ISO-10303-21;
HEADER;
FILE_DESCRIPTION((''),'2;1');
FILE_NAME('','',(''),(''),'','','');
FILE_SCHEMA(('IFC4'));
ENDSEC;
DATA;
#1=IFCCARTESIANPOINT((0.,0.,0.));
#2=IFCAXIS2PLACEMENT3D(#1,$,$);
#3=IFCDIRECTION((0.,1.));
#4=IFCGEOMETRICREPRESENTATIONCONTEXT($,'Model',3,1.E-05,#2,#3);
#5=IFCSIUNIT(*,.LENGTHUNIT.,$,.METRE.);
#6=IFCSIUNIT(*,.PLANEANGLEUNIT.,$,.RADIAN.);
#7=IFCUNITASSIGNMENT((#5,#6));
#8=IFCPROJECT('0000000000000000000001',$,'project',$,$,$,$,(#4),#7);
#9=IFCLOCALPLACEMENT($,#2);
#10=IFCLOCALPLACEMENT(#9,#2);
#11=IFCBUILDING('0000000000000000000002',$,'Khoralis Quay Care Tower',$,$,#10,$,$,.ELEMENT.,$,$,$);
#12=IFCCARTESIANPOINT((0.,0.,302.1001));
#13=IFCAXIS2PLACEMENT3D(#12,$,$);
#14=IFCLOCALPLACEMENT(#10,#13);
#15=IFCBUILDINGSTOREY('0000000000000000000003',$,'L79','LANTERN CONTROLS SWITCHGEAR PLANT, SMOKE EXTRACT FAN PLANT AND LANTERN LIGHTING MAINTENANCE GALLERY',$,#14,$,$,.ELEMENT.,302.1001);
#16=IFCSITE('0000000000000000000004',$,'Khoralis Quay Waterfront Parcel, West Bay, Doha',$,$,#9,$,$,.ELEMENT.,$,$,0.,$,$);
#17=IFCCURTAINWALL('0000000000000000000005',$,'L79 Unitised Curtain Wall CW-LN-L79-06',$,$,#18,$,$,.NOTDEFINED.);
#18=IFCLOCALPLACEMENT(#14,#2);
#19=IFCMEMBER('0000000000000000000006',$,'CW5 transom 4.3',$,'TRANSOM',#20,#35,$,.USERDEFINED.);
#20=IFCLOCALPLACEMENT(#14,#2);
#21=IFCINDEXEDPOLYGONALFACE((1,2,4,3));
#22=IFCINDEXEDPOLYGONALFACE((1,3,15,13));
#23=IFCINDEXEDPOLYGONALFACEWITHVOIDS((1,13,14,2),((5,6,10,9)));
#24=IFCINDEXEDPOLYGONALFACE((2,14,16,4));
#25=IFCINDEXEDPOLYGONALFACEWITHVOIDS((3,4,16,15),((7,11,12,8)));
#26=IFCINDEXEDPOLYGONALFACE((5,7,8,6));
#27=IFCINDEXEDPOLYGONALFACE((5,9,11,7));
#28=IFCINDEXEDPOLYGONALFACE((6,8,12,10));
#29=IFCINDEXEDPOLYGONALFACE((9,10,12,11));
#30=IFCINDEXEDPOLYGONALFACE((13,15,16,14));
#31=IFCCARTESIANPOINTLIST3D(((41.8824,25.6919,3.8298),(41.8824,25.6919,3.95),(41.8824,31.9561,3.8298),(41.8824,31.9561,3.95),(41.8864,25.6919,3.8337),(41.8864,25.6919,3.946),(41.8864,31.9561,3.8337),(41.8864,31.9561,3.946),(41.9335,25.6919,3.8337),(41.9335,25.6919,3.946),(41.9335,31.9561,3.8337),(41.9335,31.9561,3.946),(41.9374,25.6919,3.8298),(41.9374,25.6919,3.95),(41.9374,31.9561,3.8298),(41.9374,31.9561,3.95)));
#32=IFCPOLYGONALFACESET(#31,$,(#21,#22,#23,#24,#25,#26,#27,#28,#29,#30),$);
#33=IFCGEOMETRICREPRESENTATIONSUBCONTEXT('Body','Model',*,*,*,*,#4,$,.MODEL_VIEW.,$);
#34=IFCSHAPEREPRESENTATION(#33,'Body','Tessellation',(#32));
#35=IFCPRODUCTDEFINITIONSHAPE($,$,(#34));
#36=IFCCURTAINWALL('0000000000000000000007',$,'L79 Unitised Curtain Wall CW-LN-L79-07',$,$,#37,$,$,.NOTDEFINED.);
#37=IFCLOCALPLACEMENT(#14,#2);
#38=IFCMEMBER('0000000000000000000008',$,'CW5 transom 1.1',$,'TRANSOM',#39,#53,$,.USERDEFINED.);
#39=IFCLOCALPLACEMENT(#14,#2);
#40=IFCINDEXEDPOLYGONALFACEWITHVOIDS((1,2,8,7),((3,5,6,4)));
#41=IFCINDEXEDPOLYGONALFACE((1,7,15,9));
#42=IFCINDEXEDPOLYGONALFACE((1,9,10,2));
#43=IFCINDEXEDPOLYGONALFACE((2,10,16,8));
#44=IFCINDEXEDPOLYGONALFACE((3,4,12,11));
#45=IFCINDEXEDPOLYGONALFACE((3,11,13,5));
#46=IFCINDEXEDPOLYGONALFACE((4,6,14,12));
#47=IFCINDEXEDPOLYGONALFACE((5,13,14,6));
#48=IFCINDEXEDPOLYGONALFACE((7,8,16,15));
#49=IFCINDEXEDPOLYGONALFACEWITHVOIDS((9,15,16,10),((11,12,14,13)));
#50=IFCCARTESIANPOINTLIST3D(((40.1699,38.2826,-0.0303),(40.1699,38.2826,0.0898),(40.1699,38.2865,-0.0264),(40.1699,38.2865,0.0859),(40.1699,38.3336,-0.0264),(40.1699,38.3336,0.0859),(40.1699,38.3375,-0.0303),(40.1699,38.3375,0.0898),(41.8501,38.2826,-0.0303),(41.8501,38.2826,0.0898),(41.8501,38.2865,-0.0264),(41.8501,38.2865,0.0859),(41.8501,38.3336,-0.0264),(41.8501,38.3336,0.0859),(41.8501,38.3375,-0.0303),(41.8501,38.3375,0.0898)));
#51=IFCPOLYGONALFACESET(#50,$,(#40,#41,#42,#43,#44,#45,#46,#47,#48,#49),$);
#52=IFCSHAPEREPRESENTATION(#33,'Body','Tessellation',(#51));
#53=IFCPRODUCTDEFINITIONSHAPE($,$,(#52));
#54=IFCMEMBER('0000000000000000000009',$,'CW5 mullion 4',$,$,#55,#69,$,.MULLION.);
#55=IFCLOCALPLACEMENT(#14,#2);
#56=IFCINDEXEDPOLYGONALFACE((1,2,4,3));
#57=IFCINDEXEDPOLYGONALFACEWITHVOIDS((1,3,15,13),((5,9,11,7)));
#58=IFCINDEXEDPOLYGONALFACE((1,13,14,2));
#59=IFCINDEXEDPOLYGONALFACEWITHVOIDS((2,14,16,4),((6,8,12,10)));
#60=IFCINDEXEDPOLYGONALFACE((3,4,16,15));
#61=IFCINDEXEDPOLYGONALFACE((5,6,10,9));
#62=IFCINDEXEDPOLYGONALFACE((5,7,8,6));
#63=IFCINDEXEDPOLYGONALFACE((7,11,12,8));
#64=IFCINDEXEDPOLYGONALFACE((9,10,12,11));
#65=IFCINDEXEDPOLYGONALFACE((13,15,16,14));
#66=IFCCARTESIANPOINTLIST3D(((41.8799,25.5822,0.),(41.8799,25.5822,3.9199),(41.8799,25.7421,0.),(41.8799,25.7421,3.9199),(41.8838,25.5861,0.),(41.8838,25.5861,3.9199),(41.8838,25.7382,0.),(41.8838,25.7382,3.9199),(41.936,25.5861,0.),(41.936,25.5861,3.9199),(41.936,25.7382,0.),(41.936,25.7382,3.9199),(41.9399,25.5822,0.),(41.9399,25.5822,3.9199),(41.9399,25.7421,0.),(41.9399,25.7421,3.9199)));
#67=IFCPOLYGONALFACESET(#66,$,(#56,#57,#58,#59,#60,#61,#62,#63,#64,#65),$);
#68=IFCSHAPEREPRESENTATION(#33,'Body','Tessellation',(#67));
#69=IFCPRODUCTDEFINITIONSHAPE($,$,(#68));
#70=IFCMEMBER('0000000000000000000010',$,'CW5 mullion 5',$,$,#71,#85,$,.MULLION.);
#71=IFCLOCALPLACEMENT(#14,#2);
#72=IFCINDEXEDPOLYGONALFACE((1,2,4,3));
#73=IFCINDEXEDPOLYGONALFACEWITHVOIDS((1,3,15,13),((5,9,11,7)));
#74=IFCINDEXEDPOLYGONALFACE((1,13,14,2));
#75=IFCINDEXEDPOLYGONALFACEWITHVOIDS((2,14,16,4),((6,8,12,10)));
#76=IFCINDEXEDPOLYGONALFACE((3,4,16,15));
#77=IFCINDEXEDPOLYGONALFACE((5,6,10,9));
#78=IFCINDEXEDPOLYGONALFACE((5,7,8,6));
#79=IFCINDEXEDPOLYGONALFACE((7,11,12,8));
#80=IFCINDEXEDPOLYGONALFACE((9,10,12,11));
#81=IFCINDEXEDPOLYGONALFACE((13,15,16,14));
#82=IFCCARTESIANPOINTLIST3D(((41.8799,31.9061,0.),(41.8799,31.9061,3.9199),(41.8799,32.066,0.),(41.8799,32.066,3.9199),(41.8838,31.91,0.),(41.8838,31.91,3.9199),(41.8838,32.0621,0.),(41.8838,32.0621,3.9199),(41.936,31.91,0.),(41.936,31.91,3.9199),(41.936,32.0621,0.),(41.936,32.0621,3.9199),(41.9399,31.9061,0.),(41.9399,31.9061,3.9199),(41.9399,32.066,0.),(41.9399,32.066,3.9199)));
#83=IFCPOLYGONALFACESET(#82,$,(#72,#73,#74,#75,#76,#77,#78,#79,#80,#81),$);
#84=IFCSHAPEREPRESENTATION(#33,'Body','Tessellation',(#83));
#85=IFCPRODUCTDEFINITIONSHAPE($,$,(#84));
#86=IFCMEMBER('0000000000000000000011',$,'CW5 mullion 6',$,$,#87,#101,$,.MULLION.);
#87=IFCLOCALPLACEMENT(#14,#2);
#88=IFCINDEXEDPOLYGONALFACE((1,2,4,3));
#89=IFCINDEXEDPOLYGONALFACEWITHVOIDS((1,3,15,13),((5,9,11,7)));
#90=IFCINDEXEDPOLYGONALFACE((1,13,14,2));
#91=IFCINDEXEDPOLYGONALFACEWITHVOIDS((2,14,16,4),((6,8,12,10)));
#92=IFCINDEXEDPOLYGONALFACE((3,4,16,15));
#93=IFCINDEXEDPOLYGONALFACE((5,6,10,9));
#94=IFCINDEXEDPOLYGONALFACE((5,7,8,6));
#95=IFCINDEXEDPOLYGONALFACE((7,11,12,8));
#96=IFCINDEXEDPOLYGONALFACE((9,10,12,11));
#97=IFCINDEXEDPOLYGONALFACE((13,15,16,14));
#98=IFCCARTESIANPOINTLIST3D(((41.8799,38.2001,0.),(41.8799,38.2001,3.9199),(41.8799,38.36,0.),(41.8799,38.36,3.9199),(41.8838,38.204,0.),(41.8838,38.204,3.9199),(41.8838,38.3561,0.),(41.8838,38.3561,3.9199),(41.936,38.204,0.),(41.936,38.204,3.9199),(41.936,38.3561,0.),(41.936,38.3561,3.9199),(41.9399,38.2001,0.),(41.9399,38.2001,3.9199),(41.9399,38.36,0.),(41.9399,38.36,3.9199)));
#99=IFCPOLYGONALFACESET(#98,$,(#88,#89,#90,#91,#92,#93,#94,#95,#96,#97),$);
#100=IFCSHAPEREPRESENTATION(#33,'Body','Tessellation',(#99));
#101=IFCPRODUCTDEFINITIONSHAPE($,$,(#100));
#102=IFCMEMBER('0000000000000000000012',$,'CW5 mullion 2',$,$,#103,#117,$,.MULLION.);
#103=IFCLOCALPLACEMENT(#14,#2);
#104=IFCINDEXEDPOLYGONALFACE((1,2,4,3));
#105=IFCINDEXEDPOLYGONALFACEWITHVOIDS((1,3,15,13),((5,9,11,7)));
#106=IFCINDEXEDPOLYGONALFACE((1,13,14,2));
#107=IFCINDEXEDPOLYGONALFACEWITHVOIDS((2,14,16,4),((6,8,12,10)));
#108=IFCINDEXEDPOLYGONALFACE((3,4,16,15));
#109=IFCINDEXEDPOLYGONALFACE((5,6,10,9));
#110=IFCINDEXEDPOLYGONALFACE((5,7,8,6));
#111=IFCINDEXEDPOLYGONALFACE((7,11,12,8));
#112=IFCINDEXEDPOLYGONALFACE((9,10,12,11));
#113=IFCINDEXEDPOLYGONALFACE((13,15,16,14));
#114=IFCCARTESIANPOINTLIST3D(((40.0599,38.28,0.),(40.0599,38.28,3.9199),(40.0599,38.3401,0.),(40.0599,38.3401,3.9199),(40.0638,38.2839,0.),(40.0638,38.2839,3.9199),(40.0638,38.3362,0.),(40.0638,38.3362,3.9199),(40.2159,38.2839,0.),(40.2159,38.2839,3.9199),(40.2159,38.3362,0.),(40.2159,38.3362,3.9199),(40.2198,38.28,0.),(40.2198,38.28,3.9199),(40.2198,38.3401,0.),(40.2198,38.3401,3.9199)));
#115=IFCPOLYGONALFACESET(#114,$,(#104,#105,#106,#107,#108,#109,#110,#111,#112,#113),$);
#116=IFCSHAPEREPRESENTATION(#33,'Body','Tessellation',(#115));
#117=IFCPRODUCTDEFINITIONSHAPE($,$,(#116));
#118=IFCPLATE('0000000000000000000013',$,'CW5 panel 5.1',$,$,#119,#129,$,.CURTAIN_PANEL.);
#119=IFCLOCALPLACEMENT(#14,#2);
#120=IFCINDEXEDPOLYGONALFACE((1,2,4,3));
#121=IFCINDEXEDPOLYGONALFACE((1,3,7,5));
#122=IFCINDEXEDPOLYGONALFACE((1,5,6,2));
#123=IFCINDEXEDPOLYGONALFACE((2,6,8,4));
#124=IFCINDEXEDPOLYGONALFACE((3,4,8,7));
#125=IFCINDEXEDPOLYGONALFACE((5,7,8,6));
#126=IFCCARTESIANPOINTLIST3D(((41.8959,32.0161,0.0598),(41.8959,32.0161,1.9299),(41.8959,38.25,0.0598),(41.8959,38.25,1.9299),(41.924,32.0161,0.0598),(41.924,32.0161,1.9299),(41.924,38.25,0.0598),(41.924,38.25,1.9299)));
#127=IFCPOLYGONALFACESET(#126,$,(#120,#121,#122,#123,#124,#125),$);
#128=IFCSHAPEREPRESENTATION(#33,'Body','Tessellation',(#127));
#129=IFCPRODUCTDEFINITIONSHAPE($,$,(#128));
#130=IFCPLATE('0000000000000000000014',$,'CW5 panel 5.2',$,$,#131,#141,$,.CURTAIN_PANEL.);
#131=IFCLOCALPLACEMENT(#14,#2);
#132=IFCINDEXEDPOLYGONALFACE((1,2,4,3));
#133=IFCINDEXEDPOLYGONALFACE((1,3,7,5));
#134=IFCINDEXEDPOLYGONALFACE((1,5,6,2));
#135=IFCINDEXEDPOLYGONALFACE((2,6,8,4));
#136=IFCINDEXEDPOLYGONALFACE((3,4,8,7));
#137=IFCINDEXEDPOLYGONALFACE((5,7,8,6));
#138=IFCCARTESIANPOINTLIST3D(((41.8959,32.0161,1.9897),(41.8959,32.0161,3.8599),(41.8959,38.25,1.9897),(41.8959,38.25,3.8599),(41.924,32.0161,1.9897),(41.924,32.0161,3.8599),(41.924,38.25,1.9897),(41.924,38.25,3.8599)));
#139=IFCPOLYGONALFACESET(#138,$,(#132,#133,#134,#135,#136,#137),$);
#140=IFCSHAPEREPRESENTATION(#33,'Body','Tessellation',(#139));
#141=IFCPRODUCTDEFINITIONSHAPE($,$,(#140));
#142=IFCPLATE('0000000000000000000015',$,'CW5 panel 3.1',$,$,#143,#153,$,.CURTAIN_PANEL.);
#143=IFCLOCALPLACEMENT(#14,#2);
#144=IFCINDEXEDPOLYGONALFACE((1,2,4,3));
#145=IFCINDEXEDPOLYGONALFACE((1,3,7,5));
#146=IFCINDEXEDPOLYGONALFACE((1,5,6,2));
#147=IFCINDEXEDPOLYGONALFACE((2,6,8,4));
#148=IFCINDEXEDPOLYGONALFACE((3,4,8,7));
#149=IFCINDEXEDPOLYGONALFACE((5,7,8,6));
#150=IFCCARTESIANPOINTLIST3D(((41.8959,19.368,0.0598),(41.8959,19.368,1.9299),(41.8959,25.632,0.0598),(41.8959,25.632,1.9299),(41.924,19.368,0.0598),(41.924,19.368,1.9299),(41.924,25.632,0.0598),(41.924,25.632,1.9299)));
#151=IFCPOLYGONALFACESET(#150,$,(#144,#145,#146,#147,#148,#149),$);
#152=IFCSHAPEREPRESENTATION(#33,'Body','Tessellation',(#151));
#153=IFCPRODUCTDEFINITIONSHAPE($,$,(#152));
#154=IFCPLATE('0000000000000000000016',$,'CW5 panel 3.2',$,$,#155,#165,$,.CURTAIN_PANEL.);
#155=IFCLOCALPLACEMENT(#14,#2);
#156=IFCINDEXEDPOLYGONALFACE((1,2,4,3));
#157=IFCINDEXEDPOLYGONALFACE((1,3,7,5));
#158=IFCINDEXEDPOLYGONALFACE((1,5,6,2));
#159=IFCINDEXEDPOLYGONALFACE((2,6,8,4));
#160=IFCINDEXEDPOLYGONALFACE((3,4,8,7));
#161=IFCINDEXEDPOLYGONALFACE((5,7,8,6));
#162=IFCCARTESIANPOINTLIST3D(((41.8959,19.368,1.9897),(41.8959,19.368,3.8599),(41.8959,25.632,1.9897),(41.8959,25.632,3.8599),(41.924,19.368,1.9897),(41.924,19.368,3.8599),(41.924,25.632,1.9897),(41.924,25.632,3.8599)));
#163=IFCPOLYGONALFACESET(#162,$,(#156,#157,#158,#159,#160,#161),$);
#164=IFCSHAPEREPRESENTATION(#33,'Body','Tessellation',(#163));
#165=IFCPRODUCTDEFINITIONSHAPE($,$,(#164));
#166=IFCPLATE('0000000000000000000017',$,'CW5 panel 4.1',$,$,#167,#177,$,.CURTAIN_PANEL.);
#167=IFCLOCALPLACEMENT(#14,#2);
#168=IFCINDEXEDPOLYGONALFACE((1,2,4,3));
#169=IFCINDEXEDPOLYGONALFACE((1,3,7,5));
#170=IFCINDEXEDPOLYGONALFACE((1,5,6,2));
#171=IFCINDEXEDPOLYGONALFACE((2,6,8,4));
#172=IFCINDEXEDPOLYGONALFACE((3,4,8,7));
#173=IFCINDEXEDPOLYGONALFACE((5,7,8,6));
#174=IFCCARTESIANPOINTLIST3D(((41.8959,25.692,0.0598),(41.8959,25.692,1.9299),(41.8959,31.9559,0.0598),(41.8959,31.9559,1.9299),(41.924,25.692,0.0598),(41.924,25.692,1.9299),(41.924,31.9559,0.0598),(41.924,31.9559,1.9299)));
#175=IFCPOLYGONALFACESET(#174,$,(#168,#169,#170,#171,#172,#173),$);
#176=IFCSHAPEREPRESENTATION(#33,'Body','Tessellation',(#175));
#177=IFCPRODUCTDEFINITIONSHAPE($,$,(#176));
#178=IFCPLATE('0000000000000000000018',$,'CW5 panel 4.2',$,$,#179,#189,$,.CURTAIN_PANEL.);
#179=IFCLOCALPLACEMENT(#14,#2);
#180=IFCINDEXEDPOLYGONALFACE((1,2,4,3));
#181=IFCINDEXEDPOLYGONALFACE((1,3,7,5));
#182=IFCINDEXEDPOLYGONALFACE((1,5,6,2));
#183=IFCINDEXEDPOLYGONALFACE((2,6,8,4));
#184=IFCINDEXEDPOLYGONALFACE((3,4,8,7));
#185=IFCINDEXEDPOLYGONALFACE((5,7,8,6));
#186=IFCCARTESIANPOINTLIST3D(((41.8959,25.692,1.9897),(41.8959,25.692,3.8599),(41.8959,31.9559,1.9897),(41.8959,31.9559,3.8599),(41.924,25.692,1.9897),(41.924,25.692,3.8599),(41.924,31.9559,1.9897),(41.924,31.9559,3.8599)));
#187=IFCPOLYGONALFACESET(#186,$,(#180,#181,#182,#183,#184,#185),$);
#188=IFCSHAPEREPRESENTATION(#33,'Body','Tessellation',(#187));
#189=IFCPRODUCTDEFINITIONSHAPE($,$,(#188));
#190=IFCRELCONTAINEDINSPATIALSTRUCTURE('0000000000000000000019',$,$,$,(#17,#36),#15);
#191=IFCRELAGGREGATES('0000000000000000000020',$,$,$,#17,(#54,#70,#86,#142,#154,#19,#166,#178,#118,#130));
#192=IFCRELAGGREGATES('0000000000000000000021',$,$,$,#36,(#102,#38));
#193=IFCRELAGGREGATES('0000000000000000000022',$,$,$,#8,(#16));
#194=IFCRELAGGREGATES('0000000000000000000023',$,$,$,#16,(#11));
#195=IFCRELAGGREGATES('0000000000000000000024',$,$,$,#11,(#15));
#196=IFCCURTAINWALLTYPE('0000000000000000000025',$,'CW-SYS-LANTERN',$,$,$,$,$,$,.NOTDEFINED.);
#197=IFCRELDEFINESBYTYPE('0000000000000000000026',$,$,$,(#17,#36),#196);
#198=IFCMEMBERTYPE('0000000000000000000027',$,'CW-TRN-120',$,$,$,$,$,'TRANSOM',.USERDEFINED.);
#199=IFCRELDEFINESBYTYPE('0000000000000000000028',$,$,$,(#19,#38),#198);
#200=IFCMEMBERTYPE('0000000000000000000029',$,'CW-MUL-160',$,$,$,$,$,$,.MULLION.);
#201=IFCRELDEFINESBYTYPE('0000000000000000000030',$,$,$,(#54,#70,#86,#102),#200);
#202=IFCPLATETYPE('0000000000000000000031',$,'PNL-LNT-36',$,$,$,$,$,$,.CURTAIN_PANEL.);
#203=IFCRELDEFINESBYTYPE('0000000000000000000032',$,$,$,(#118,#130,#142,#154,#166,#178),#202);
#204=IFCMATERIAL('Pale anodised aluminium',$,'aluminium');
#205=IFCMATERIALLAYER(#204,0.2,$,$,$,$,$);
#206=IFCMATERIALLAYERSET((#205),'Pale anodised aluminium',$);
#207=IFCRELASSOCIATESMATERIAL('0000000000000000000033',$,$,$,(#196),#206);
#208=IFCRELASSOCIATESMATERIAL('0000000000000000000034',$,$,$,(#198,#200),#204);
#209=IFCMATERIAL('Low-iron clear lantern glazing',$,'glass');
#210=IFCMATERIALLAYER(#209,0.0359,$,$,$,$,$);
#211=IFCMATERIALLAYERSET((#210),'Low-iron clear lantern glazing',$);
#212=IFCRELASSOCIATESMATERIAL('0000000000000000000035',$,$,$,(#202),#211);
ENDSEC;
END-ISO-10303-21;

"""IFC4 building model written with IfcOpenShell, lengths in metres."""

from ifc_helpers import new_model, si_unit, direction, frame, origin, origin_2d, place, context, subcontext, project, spatial, rectangle, hollow_rectangle, extrude, source, transform, mapped, material, layer, layer_set, material_profile, profile_set, type_object, element, aggregate, save


model = new_model("IFC4")

# Units and contexts
model_context = context("Model", 3, precision=1e-05, world=origin(), true_north=direction((0.0, 1.0)))
body_context = subcontext(model_context, "Body", "Model", "MODEL_VIEW")
ifc_project = project(units=[si_unit("LENGTHUNIT", "METRE"), si_unit("PLANEANGLEUNIT", "RADIAN")], contexts=[model_context])

# Site, building, storey
site_placement = place(None, origin())
site = spatial("IfcSite", under=ifc_project, at=site_placement, Name="Khoralis Quay Waterfront Parcel, West Bay, Doha", CompositionType="ELEMENT", RefElevation=0.0)
building_placement = place(site_placement, origin())
building = spatial("IfcBuilding", under=site, at=building_placement, Name="Khoralis Quay Care Tower", CompositionType="ELEMENT")
storey_placement = place(building_placement, frame((0.0, 0.0, 302.1001)))
storey = spatial("IfcBuildingStorey", under=building, at=storey_placement, Name="L79", Description="LANTERN CONTROLS SWITCHGEAR PLANT, SMOKE EXTRACT FAN PLANT AND LANTERN LIGHTING MAINTENANCE GALLERY", CompositionType="ELEMENT", Elevation=302.1001)

# Curtain wall, member
ifc_material_1 = material(Name="Pale anodised aluminium", Category="aluminium")
ifc_layer_1 = layer(ifc_material_1, 0.2)
ifc_layer_set_1 = layer_set([ifc_layer_1], Name="Pale anodised aluminium")
curtain_wall_type = type_object("IfcCurtainWallType", Name="CW-SYS-LANTERN", PredefinedType="NOTDEFINED", material=ifc_layer_set_1)
curtain_wall_1_placement = place(storey_placement, origin())
curtain_wall_1 = element("IfcCurtainWall", 1, at=curtain_wall_1_placement, inside=storey, type_object=curtain_wall_type, Name="L79 Unitised Curtain Wall CW-LN-L79-06", PredefinedType="NOTDEFINED")
ifc_material_profile_1 = material_profile(ifc_material_1, hollow_rectangle(XDim=0.0549, YDim=0.1201, WallThickness=0.0039, at=origin_2d()), Name="Pale anodised aluminium")
ifc_profile_set_1 = profile_set([ifc_material_profile_1], Name="Pale anodised aluminium")
member_type_1 = type_object("IfcMemberType", Name="CW-TRN-120", ElementType="TRANSOM", PredefinedType="USERDEFINED", material=ifc_profile_set_1)
shared_shape_1 = source(origin(), body_context, "Body", "SweptSolid", [
    extrude(hollow_rectangle(XDim=0.0549, YDim=0.1201, WallThickness=0.0039, at=origin_2d()), origin(), (0.0, 0.0, 1.0), 6.2642),
])
member_1_placement = place(storey_placement, frame((41.9099, 25.6919, 3.8899), z_axis=(0.0, 1.0, 0.0), x_axis=(-1.0, 0.0, 0.0)))
member_1 = element("IfcMember", 2, at=member_1_placement, type_object=member_type_1, Name="CW5 transom 4.3", ObjectType="TRANSOM", PredefinedType="USERDEFINED", context=body_context, shape_type="MappedRepresentation", body=[
    mapped(shared_shape_1, transform((0.0, 0.0, 0.0), scale=1.0)),
])

# Curtain wall, member
curtain_wall_2_placement = place(storey_placement, origin())
curtain_wall_2 = element("IfcCurtainWall", 3, at=curtain_wall_2_placement, inside=storey, type_object=curtain_wall_type, Name="L79 Unitised Curtain Wall CW-LN-L79-07", PredefinedType="NOTDEFINED")
shared_shape_2 = source(origin(), body_context, "Body", "SweptSolid", [
    extrude(hollow_rectangle(XDim=0.0549, YDim=0.1201, WallThickness=0.0039, at=origin_2d()), origin(), (0.0, 0.0, 1.0), 1.6802),
])
member_2_placement = place(storey_placement, frame((41.8501, 38.3101, 0.0298), z_axis=(-1.0, 0.0, 0.0), x_axis=(0.0, -1.0, 0.0)))
member_2 = element("IfcMember", 4, at=member_2_placement, type_object=member_type_1, Name="CW5 transom 1.1", ObjectType="TRANSOM", PredefinedType="USERDEFINED", context=body_context, shape_type="MappedRepresentation", body=[
    mapped(shared_shape_2, transform((0.0, 0.0, 0.0), scale=1.0)),
])

# Members
ifc_material_profile_2 = material_profile(ifc_material_1, hollow_rectangle(XDim=0.0601, YDim=0.1599, WallThickness=0.0039, at=origin_2d()), Name="Pale anodised aluminium")
ifc_profile_set_2 = profile_set([ifc_material_profile_2], Name="Pale anodised aluminium")
member_type_2 = type_object("IfcMemberType", Name="CW-MUL-160", PredefinedType="MULLION", material=ifc_profile_set_2)
shared_shape_3 = source(origin(), body_context, "Body", "SweptSolid", [
    extrude(hollow_rectangle(XDim=0.0601, YDim=0.1599, WallThickness=0.0039, at=origin_2d()), origin(), (0.0, 0.0, 1.0), 3.9199),
])
member_3_placement = place(storey_placement, frame((41.9099, 25.6621, 0.0), z_axis=(0.0, 0.0, 1.0), x_axis=(-1.0, 0.0, 0.0)))
member_3 = element("IfcMember", 5, at=member_3_placement, type_object=member_type_2, Name="CW5 mullion 4", PredefinedType="MULLION", context=body_context, shape_type="MappedRepresentation", body=[
    mapped(shared_shape_3, transform((0.0, 0.0, 0.0), scale=1.0)),
])
member_4_placement = place(storey_placement, frame((41.9099, 31.9861, 0.0), z_axis=(0.0, 0.0, 1.0), x_axis=(-1.0, 0.0, 0.0)))
member_4 = element("IfcMember", 6, at=member_4_placement, type_object=member_type_2, Name="CW5 mullion 5", PredefinedType="MULLION", context=body_context, shape_type="MappedRepresentation", body=[
    mapped(shared_shape_3, transform((0.0, 0.0, 0.0), scale=1.0)),
])
member_5_placement = place(storey_placement, frame((41.9099, 38.28, 0.0), z_axis=(0.0, 0.0, 1.0), x_axis=(-1.0, 0.0, 0.0)))
member_5 = element("IfcMember", 7, at=member_5_placement, type_object=member_type_2, Name="CW5 mullion 6", PredefinedType="MULLION", context=body_context, shape_type="MappedRepresentation", body=[
    mapped(shared_shape_3, transform((0.0, 0.0, 0.0), scale=1.0)),
])
member_6_placement = place(storey_placement, frame((40.1399, 38.3101, 0.0), z_axis=(0.0, 0.0, 1.0), x_axis=(0.0, -1.0, 0.0)))
member_6 = element("IfcMember", 8, at=member_6_placement, type_object=member_type_2, Name="CW5 mullion 2", PredefinedType="MULLION", context=body_context, shape_type="MappedRepresentation", body=[
    mapped(shared_shape_3, transform((0.0, 0.0, 0.0), scale=1.0)),
])

# Plates
ifc_material_2 = material(Name="Low-iron clear lantern glazing", Category="glass")
ifc_layer_2 = layer(ifc_material_2, 0.0359)
ifc_layer_set_2 = layer_set([ifc_layer_2], Name="Low-iron clear lantern glazing")
plate_type = type_object("IfcPlateType", Name="PNL-LNT-36", PredefinedType="CURTAIN_PANEL", material=ifc_layer_set_2)
shared_shape_4 = source(origin(), body_context, "Body", "SweptSolid", [
    extrude(rectangle(XDim=6.2339, YDim=0.0281, at=origin_2d()), origin(), (0.0, 0.0, 1.0), 1.8701),
])
plate_1_placement = place(storey_placement, frame((41.9099, 35.1331, 0.0598), z_axis=(0.0, 0.0, 1.0), x_axis=(0.0, 1.0, 0.0)))
plate_1 = element("IfcPlate", 9, at=plate_1_placement, type_object=plate_type, Name="CW5 panel 5.1", PredefinedType="CURTAIN_PANEL", context=body_context, shape_type="MappedRepresentation", body=[
    mapped(shared_shape_4, transform((0.0, 0.0, 0.0), scale=1.0)),
])
plate_2_placement = place(storey_placement, frame((41.9099, 35.1331, 1.9897), z_axis=(0.0, 0.0, 1.0), x_axis=(0.0, 1.0, 0.0)))
plate_2 = element("IfcPlate", 10, at=plate_2_placement, type_object=plate_type, Name="CW5 panel 5.2", PredefinedType="CURTAIN_PANEL", context=body_context, shape_type="MappedRepresentation", body=[
    mapped(shared_shape_4, transform((0.0, 0.0, 0.0), scale=1.0)),
])
shared_shape_5 = source(origin(), body_context, "Body", "SweptSolid", [
    extrude(rectangle(XDim=6.2639, YDim=0.0281, at=origin_2d()), origin(), (0.0, 0.0, 1.0), 1.8701),
])
plate_3_placement = place(storey_placement, frame((41.9099, 22.5, 0.0598), z_axis=(0.0, 0.0, 1.0), x_axis=(0.0, 1.0, 0.0)))
plate_3 = element("IfcPlate", 11, at=plate_3_placement, type_object=plate_type, Name="CW5 panel 3.1", PredefinedType="CURTAIN_PANEL", context=body_context, shape_type="MappedRepresentation", body=[
    mapped(shared_shape_5, transform((0.0, 0.0, 0.0), scale=1.0)),
])
plate_4_placement = place(storey_placement, frame((41.9099, 22.5, 1.9897), z_axis=(0.0, 0.0, 1.0), x_axis=(0.0, 1.0, 0.0)))
plate_4 = element("IfcPlate", 12, at=plate_4_placement, type_object=plate_type, Name="CW5 panel 3.2", PredefinedType="CURTAIN_PANEL", context=body_context, shape_type="MappedRepresentation", body=[
    mapped(shared_shape_5, transform((0.0, 0.0, 0.0), scale=1.0)),
])
plate_5_placement = place(storey_placement, frame((41.9099, 28.824, 0.0598), z_axis=(0.0, 0.0, 1.0), x_axis=(0.0, 1.0, 0.0)))
plate_5 = element("IfcPlate", 13, at=plate_5_placement, type_object=plate_type, Name="CW5 panel 4.1", PredefinedType="CURTAIN_PANEL", context=body_context, shape_type="MappedRepresentation", body=[
    mapped(shared_shape_5, transform((0.0, 0.0, 0.0), scale=1.0)),
])
plate_6_placement = place(storey_placement, frame((41.9099, 28.824, 1.9897), z_axis=(0.0, 0.0, 1.0), x_axis=(0.0, 1.0, 0.0)))
plate_6 = element("IfcPlate", 14, at=plate_6_placement, type_object=plate_type, Name="CW5 panel 4.2", PredefinedType="CURTAIN_PANEL", context=body_context, shape_type="MappedRepresentation", body=[
    mapped(shared_shape_5, transform((0.0, 0.0, 0.0), scale=1.0)),
])
aggregate(curtain_wall_1, [member_3, member_4, member_5, plate_3, plate_4, member_1, plate_5, plate_6, plate_1, plate_2])
aggregate(curtain_wall_2, [member_6, member_2])

save(model, "model.ifc")
